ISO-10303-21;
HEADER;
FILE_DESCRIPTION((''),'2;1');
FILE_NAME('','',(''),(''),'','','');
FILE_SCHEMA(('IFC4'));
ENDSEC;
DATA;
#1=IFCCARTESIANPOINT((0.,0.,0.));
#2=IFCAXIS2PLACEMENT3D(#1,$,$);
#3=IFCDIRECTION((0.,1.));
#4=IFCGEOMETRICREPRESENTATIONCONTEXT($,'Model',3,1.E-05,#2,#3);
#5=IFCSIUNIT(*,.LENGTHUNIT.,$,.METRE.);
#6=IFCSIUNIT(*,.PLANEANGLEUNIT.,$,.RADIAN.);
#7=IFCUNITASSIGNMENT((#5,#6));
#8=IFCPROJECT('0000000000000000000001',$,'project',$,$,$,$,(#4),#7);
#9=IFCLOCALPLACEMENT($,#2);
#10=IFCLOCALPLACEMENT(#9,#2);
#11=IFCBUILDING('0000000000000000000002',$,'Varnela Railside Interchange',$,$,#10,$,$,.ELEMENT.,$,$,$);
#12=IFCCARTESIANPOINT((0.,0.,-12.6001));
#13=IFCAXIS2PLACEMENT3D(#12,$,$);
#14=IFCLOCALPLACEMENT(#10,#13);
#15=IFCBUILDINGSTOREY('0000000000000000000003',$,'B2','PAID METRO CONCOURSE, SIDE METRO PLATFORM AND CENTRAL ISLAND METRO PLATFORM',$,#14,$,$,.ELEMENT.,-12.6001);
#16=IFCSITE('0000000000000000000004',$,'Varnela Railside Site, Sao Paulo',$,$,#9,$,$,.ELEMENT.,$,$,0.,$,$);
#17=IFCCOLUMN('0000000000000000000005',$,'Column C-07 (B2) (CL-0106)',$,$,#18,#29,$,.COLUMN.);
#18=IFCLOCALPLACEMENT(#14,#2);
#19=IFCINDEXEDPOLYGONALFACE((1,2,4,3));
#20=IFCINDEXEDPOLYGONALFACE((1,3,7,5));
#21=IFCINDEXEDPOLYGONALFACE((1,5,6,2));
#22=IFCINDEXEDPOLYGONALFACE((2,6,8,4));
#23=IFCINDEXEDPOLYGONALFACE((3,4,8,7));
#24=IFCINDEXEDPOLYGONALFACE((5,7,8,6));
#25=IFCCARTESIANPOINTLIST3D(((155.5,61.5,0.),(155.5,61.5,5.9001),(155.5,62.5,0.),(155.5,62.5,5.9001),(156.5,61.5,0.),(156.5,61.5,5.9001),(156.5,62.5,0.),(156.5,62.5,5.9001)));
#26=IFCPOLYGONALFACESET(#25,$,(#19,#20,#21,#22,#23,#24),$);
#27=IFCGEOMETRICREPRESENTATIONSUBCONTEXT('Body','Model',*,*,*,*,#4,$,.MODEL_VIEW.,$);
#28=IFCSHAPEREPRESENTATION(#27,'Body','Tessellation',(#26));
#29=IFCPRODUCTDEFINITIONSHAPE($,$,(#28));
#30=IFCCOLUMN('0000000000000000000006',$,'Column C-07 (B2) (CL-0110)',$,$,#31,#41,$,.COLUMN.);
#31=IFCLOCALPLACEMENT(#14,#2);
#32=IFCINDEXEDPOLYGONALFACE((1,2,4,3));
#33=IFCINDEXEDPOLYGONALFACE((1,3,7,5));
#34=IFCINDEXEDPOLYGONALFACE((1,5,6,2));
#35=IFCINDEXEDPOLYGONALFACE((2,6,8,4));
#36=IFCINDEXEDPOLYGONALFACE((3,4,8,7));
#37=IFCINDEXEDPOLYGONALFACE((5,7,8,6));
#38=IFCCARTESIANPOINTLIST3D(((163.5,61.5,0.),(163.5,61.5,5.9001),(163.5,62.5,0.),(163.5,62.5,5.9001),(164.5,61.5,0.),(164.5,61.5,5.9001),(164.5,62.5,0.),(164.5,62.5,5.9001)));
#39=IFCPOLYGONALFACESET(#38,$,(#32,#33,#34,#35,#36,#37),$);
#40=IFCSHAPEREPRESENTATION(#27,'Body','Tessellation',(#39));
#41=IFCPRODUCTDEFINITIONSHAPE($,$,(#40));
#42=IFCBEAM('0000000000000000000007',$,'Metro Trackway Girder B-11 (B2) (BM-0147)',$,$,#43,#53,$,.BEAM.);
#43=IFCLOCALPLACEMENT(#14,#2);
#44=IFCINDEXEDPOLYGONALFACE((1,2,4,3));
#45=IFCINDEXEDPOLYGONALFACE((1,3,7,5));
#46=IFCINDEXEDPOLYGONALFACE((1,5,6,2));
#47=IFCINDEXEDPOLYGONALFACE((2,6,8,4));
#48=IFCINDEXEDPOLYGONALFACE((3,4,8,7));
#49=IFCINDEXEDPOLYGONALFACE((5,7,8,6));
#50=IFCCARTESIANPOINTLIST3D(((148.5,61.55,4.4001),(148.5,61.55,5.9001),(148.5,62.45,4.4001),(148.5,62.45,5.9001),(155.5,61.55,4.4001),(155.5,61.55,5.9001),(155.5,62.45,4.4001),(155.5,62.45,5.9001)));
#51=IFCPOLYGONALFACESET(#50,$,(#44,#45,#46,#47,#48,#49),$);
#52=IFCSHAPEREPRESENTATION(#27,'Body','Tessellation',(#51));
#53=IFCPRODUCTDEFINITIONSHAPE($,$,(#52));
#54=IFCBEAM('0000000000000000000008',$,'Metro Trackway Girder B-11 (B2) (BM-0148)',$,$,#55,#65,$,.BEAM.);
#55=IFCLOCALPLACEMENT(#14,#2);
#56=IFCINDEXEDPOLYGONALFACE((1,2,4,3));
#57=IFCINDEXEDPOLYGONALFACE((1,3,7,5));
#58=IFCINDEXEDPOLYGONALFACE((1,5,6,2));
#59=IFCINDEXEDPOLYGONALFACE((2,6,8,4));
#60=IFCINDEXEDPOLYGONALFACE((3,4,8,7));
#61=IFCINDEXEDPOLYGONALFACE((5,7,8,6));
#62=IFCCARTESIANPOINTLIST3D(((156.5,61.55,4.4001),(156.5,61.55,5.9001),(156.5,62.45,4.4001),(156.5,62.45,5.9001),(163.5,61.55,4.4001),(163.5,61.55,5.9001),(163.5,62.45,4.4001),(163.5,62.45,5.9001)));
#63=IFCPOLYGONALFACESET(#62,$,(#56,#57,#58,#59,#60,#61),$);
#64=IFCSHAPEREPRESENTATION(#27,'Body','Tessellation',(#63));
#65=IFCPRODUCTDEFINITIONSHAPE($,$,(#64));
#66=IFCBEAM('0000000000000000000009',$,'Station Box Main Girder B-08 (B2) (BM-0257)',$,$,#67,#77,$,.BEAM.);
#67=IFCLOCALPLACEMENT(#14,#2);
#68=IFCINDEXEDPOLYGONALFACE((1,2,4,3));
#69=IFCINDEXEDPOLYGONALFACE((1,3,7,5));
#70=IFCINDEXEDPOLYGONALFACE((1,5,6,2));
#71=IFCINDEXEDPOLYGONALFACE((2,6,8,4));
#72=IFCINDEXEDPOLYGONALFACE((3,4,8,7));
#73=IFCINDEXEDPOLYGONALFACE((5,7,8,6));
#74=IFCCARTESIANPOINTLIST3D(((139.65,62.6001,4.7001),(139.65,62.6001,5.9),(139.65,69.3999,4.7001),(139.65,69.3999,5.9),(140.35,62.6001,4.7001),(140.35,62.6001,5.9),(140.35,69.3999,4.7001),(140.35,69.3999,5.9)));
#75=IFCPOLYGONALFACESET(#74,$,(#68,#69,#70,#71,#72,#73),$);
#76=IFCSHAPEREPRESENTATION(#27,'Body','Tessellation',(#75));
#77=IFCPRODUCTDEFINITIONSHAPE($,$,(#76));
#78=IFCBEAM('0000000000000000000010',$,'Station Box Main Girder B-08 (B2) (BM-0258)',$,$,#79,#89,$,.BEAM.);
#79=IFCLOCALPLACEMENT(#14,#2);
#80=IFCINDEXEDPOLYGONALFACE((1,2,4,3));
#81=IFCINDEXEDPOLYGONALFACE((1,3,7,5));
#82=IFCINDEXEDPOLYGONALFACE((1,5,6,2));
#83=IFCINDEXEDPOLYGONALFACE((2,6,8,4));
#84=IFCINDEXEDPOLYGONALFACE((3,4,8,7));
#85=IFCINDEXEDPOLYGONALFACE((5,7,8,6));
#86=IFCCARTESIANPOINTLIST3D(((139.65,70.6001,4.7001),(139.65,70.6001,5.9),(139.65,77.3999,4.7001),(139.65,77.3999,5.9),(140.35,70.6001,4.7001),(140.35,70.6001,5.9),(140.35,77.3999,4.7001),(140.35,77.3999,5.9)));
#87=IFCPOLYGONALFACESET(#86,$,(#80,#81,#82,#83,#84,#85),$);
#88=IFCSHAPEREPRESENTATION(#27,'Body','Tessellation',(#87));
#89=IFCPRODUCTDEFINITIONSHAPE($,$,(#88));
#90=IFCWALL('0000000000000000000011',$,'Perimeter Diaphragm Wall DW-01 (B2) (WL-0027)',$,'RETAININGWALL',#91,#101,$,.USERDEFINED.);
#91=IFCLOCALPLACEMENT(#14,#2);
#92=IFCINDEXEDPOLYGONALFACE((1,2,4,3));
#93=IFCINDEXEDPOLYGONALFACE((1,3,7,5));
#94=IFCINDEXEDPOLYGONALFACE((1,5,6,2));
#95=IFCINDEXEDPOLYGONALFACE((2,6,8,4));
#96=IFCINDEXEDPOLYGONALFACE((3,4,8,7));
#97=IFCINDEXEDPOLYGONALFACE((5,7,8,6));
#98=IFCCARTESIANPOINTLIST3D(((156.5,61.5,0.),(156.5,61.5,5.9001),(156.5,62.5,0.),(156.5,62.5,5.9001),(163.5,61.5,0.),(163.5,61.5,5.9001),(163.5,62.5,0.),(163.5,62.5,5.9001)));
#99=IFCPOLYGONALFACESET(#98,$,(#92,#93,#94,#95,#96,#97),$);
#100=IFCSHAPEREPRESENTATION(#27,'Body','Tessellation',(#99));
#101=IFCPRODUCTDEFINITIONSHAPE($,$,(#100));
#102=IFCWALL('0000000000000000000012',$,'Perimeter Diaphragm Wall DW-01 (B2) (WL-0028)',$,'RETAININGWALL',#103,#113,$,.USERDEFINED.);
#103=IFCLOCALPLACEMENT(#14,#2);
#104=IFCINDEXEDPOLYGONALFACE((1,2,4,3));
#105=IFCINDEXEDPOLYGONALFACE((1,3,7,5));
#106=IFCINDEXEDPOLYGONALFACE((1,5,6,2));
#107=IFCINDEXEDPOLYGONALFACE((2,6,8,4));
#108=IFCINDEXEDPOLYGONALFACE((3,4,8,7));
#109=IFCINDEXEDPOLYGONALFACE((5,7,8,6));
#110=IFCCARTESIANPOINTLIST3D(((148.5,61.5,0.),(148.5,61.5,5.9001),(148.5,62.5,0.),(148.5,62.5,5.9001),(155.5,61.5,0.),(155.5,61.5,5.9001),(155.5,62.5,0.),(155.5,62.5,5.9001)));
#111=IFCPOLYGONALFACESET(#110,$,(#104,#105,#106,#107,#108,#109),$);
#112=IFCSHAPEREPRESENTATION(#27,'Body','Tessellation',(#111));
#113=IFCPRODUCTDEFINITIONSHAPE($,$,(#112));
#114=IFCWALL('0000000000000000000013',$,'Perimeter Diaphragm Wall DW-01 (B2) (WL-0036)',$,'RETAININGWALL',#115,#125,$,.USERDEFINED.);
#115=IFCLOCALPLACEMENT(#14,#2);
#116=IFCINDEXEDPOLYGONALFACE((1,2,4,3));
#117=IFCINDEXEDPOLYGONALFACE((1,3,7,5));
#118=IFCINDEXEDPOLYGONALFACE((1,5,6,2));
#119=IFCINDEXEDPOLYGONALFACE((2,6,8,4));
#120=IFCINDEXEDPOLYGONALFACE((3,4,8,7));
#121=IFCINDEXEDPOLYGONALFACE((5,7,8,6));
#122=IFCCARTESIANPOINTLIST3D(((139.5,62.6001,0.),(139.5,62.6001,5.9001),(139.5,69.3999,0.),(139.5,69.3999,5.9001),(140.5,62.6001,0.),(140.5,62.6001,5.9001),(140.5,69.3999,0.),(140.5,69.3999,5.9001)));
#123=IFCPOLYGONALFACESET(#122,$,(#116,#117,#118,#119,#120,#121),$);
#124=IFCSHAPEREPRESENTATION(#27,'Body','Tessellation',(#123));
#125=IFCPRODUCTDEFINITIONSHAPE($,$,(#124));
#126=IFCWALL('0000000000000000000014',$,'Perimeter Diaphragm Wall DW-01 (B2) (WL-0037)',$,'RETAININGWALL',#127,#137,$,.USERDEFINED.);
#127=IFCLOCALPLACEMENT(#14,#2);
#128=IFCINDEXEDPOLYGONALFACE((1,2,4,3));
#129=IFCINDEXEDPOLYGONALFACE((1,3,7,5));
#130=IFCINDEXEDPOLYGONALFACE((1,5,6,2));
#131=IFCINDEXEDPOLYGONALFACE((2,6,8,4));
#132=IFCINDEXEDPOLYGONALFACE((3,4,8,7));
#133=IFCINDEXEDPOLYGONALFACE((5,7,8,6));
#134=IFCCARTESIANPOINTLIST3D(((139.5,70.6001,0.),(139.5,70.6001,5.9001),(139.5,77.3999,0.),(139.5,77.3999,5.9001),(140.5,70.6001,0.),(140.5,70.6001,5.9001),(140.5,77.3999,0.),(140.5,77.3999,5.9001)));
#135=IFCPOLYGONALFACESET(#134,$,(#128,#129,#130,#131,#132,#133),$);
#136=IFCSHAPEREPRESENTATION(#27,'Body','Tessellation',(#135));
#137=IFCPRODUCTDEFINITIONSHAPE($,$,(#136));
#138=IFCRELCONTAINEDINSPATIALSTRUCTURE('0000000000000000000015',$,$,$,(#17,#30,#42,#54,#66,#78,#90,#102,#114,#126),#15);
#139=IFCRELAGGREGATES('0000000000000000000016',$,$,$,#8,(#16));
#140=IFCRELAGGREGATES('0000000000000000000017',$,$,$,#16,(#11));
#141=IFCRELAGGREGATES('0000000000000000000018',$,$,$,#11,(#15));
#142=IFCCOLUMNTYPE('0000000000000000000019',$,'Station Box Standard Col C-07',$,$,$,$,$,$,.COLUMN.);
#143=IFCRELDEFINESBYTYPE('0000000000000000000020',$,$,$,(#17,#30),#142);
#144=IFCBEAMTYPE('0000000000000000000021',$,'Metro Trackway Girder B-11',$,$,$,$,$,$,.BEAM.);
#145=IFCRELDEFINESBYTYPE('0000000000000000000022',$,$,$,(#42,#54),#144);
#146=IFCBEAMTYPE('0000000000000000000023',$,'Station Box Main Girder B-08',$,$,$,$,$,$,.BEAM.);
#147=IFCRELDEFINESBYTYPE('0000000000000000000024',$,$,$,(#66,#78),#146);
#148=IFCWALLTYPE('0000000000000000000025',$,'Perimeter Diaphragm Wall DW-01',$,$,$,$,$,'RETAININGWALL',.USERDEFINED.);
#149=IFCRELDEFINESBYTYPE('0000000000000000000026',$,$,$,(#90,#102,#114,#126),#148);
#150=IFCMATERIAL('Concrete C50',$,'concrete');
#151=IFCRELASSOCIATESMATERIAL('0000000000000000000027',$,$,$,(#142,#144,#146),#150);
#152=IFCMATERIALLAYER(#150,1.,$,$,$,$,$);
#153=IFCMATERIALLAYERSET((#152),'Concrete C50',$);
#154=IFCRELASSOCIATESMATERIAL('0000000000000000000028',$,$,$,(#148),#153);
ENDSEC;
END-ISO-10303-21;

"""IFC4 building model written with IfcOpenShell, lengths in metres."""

from ifc_helpers import new_model, si_unit, direction, frame, frame_2d, origin, origin_2d, place, context, subcontext, project, spatial, rectangle, extrude, material, layer, layer_set, material_profile, profile_set, type_object, element, save


model = new_model("IFC4")

# Units and contexts
model_context = context("Model", 3, precision=1e-05, world=origin(), true_north=direction((0.0, 1.0)))
body_context = subcontext(model_context, "Body", "Model", "MODEL_VIEW")
ifc_project = project(units=[si_unit("LENGTHUNIT", "METRE"), si_unit("PLANEANGLEUNIT", "RADIAN")], contexts=[model_context])

# Site, building, storey
site_placement = place(None, origin())
site = spatial("IfcSite", under=ifc_project, at=site_placement, Name="Varnela Railside Site, Sao Paulo", CompositionType="ELEMENT", RefElevation=0.0)
building_placement = place(site_placement, origin())
building = spatial("IfcBuilding", under=site, at=building_placement, Name="Varnela Railside Interchange", CompositionType="ELEMENT")
storey_placement = place(building_placement, frame((0.0, 0.0, -12.6001)))
storey = spatial("IfcBuildingStorey", under=building, at=storey_placement, Name="B2", Description="PAID METRO CONCOURSE, SIDE METRO PLATFORM AND CENTRAL ISLAND METRO PLATFORM", CompositionType="ELEMENT", Elevation=-12.6001)

# Shared definitions
ifc_material_1 = material(Name="Concrete C50", Category="concrete")

# Columns
ifc_material_profile_1 = material_profile(ifc_material_1, rectangle(XDim=1.0, YDim=1.0, at=origin_2d()), Name="RC 1000x1000")
ifc_profile_set_1 = profile_set([ifc_material_profile_1], Name="Concrete C50")
column_type_1 = type_object("IfcColumnType", Name="Station Box Standard Col C-07", PredefinedType="COLUMN", material=ifc_profile_set_1)
for number, where, z_axis, x_axis, name in (
    (1, (156.0, 62.0, 0.0), (0.0, 0.0, 1.0), (1.0, 0.0, 0.0), "Column C-07 (B2) (CL-0106)"),
    (2, (164.0, 62.0, 0.0), (0.0, 0.0, 1.0), (1.0, 0.0, 0.0), "Column C-07 (B2) (CL-0110)"),
):
    element("IfcColumn", number, at=place(storey_placement, frame(where, z_axis=z_axis, x_axis=x_axis)), inside=storey, type_object=column_type_1, Name=name, PredefinedType="COLUMN", context=body_context, shape_type="SweptSolid", body=[
        extrude(rectangle(XDim=1.0, YDim=1.0, at=origin_2d()), origin(), (0.0, 0.0, 1.0), 5.9001),
    ])

# Beams
ifc_material_profile_2 = material_profile(ifc_material_1, rectangle(XDim=0.8999, YDim=1.5, at=origin_2d()), Name="RC 900x1500")
ifc_profile_set_2 = profile_set([ifc_material_profile_2], Name="Concrete C50")
beam_type_1 = type_object("IfcBeamType", Name="Metro Trackway Girder B-11", PredefinedType="BEAM", material=ifc_profile_set_2)
for number, where, z_axis, x_axis, name in (
    (3, (148.5, 62.0, 5.1501), (1.0, 0.0, 0.0), (0.0, 1.0, 0.0), "Metro Trackway Girder B-11 (B2) (BM-0147)"),
    (4, (156.5, 62.0, 5.1501), (1.0, 0.0, 0.0), (0.0, 1.0, 0.0), "Metro Trackway Girder B-11 (B2) (BM-0148)"),
):
    element("IfcBeam", number, at=place(storey_placement, frame(where, z_axis=z_axis, x_axis=x_axis)), inside=storey, type_object=beam_type_1, Name=name, PredefinedType="BEAM", context=body_context, shape_type="SweptSolid", body=[
        extrude(rectangle(XDim=0.8999, YDim=1.5, at=origin_2d()), origin(), (0.0, 0.0, 1.0), 7.0),
    ])
ifc_material_profile_3 = material_profile(ifc_material_1, rectangle(XDim=0.7, YDim=1.2, at=origin_2d()), Name="RC 700x1200")
ifc_profile_set_3 = profile_set([ifc_material_profile_3], Name="Concrete C50")
beam_type_2 = type_object("IfcBeamType", Name="Station Box Main Girder B-08", PredefinedType="BEAM", material=ifc_profile_set_3)
for number, where, z_axis, x_axis, name in (
    (5, (140.0, 62.6001, 5.3), (0.0, 1.0, 0.0), (-1.0, 0.0, 0.0), "Station Box Main Girder B-08 (B2) (BM-0257)"),
    (6, (140.0, 70.6001, 5.3), (0.0, 1.0, 0.0), (-1.0, 0.0, 0.0), "Station Box Main Girder B-08 (B2) (BM-0258)"),
):
    element("IfcBeam", number, at=place(storey_placement, frame(where, z_axis=z_axis, x_axis=x_axis)), inside=storey, type_object=beam_type_2, Name=name, PredefinedType="BEAM", context=body_context, shape_type="SweptSolid", body=[
        extrude(rectangle(XDim=0.7, YDim=1.2, at=origin_2d()), origin(), (0.0, 0.0, 1.0), 6.7998),
    ])

# Walls
ifc_layer = layer(ifc_material_1, 1.0)
ifc_layer_set = layer_set([ifc_layer], Name="Concrete C50")
wall_type = type_object("IfcWallType", Name="Perimeter Diaphragm Wall DW-01", ElementType="RETAININGWALL", PredefinedType="USERDEFINED", material=ifc_layer_set)
for number, where, z_axis, x_axis, name in (
    (7, (163.5, 62.0, 0.0), (0.0, 0.0, 1.0), (-1.0, 0.0, 0.0), "Perimeter Diaphragm Wall DW-01 (B2) (WL-0027)"),
    (8, (155.5, 62.0, 0.0), (0.0, 0.0, 1.0), (-1.0, 0.0, 0.0), "Perimeter Diaphragm Wall DW-01 (B2) (WL-0028)"),
):
    element("IfcWall", number, at=place(storey_placement, frame(where, z_axis=z_axis, x_axis=x_axis)), inside=storey, type_object=wall_type, Name=name, ObjectType="RETAININGWALL", PredefinedType="USERDEFINED", context=body_context, shape_type="SweptSolid", body=[
        extrude(rectangle(XDim=7.0, YDim=1.0, at=frame_2d((3.5, 0.0))), origin(), (0.0, 0.0, 1.0), 5.9001),
    ])
for number, where, z_axis, x_axis, name in (
    (9, (140.0, 62.6001, 0.0), (0.0, 0.0, 1.0), (0.0, 1.0, 0.0), "Perimeter Diaphragm Wall DW-01 (B2) (WL-0036)"),
    (10, (140.0, 70.6001, 0.0), (0.0, 0.0, 1.0), (0.0, 1.0, 0.0), "Perimeter Diaphragm Wall DW-01 (B2) (WL-0037)"),
):
    element("IfcWall", number, at=place(storey_placement, frame(where, z_axis=z_axis, x_axis=x_axis)), inside=storey, type_object=wall_type, Name=name, ObjectType="RETAININGWALL", PredefinedType="USERDEFINED", context=body_context, shape_type="SweptSolid", body=[
        extrude(rectangle(XDim=6.7998, YDim=1.0, at=frame_2d((3.3999, 0.0))), origin(), (0.0, 0.0, 1.0), 5.9001),
    ])

save(model, "model.ifc")
